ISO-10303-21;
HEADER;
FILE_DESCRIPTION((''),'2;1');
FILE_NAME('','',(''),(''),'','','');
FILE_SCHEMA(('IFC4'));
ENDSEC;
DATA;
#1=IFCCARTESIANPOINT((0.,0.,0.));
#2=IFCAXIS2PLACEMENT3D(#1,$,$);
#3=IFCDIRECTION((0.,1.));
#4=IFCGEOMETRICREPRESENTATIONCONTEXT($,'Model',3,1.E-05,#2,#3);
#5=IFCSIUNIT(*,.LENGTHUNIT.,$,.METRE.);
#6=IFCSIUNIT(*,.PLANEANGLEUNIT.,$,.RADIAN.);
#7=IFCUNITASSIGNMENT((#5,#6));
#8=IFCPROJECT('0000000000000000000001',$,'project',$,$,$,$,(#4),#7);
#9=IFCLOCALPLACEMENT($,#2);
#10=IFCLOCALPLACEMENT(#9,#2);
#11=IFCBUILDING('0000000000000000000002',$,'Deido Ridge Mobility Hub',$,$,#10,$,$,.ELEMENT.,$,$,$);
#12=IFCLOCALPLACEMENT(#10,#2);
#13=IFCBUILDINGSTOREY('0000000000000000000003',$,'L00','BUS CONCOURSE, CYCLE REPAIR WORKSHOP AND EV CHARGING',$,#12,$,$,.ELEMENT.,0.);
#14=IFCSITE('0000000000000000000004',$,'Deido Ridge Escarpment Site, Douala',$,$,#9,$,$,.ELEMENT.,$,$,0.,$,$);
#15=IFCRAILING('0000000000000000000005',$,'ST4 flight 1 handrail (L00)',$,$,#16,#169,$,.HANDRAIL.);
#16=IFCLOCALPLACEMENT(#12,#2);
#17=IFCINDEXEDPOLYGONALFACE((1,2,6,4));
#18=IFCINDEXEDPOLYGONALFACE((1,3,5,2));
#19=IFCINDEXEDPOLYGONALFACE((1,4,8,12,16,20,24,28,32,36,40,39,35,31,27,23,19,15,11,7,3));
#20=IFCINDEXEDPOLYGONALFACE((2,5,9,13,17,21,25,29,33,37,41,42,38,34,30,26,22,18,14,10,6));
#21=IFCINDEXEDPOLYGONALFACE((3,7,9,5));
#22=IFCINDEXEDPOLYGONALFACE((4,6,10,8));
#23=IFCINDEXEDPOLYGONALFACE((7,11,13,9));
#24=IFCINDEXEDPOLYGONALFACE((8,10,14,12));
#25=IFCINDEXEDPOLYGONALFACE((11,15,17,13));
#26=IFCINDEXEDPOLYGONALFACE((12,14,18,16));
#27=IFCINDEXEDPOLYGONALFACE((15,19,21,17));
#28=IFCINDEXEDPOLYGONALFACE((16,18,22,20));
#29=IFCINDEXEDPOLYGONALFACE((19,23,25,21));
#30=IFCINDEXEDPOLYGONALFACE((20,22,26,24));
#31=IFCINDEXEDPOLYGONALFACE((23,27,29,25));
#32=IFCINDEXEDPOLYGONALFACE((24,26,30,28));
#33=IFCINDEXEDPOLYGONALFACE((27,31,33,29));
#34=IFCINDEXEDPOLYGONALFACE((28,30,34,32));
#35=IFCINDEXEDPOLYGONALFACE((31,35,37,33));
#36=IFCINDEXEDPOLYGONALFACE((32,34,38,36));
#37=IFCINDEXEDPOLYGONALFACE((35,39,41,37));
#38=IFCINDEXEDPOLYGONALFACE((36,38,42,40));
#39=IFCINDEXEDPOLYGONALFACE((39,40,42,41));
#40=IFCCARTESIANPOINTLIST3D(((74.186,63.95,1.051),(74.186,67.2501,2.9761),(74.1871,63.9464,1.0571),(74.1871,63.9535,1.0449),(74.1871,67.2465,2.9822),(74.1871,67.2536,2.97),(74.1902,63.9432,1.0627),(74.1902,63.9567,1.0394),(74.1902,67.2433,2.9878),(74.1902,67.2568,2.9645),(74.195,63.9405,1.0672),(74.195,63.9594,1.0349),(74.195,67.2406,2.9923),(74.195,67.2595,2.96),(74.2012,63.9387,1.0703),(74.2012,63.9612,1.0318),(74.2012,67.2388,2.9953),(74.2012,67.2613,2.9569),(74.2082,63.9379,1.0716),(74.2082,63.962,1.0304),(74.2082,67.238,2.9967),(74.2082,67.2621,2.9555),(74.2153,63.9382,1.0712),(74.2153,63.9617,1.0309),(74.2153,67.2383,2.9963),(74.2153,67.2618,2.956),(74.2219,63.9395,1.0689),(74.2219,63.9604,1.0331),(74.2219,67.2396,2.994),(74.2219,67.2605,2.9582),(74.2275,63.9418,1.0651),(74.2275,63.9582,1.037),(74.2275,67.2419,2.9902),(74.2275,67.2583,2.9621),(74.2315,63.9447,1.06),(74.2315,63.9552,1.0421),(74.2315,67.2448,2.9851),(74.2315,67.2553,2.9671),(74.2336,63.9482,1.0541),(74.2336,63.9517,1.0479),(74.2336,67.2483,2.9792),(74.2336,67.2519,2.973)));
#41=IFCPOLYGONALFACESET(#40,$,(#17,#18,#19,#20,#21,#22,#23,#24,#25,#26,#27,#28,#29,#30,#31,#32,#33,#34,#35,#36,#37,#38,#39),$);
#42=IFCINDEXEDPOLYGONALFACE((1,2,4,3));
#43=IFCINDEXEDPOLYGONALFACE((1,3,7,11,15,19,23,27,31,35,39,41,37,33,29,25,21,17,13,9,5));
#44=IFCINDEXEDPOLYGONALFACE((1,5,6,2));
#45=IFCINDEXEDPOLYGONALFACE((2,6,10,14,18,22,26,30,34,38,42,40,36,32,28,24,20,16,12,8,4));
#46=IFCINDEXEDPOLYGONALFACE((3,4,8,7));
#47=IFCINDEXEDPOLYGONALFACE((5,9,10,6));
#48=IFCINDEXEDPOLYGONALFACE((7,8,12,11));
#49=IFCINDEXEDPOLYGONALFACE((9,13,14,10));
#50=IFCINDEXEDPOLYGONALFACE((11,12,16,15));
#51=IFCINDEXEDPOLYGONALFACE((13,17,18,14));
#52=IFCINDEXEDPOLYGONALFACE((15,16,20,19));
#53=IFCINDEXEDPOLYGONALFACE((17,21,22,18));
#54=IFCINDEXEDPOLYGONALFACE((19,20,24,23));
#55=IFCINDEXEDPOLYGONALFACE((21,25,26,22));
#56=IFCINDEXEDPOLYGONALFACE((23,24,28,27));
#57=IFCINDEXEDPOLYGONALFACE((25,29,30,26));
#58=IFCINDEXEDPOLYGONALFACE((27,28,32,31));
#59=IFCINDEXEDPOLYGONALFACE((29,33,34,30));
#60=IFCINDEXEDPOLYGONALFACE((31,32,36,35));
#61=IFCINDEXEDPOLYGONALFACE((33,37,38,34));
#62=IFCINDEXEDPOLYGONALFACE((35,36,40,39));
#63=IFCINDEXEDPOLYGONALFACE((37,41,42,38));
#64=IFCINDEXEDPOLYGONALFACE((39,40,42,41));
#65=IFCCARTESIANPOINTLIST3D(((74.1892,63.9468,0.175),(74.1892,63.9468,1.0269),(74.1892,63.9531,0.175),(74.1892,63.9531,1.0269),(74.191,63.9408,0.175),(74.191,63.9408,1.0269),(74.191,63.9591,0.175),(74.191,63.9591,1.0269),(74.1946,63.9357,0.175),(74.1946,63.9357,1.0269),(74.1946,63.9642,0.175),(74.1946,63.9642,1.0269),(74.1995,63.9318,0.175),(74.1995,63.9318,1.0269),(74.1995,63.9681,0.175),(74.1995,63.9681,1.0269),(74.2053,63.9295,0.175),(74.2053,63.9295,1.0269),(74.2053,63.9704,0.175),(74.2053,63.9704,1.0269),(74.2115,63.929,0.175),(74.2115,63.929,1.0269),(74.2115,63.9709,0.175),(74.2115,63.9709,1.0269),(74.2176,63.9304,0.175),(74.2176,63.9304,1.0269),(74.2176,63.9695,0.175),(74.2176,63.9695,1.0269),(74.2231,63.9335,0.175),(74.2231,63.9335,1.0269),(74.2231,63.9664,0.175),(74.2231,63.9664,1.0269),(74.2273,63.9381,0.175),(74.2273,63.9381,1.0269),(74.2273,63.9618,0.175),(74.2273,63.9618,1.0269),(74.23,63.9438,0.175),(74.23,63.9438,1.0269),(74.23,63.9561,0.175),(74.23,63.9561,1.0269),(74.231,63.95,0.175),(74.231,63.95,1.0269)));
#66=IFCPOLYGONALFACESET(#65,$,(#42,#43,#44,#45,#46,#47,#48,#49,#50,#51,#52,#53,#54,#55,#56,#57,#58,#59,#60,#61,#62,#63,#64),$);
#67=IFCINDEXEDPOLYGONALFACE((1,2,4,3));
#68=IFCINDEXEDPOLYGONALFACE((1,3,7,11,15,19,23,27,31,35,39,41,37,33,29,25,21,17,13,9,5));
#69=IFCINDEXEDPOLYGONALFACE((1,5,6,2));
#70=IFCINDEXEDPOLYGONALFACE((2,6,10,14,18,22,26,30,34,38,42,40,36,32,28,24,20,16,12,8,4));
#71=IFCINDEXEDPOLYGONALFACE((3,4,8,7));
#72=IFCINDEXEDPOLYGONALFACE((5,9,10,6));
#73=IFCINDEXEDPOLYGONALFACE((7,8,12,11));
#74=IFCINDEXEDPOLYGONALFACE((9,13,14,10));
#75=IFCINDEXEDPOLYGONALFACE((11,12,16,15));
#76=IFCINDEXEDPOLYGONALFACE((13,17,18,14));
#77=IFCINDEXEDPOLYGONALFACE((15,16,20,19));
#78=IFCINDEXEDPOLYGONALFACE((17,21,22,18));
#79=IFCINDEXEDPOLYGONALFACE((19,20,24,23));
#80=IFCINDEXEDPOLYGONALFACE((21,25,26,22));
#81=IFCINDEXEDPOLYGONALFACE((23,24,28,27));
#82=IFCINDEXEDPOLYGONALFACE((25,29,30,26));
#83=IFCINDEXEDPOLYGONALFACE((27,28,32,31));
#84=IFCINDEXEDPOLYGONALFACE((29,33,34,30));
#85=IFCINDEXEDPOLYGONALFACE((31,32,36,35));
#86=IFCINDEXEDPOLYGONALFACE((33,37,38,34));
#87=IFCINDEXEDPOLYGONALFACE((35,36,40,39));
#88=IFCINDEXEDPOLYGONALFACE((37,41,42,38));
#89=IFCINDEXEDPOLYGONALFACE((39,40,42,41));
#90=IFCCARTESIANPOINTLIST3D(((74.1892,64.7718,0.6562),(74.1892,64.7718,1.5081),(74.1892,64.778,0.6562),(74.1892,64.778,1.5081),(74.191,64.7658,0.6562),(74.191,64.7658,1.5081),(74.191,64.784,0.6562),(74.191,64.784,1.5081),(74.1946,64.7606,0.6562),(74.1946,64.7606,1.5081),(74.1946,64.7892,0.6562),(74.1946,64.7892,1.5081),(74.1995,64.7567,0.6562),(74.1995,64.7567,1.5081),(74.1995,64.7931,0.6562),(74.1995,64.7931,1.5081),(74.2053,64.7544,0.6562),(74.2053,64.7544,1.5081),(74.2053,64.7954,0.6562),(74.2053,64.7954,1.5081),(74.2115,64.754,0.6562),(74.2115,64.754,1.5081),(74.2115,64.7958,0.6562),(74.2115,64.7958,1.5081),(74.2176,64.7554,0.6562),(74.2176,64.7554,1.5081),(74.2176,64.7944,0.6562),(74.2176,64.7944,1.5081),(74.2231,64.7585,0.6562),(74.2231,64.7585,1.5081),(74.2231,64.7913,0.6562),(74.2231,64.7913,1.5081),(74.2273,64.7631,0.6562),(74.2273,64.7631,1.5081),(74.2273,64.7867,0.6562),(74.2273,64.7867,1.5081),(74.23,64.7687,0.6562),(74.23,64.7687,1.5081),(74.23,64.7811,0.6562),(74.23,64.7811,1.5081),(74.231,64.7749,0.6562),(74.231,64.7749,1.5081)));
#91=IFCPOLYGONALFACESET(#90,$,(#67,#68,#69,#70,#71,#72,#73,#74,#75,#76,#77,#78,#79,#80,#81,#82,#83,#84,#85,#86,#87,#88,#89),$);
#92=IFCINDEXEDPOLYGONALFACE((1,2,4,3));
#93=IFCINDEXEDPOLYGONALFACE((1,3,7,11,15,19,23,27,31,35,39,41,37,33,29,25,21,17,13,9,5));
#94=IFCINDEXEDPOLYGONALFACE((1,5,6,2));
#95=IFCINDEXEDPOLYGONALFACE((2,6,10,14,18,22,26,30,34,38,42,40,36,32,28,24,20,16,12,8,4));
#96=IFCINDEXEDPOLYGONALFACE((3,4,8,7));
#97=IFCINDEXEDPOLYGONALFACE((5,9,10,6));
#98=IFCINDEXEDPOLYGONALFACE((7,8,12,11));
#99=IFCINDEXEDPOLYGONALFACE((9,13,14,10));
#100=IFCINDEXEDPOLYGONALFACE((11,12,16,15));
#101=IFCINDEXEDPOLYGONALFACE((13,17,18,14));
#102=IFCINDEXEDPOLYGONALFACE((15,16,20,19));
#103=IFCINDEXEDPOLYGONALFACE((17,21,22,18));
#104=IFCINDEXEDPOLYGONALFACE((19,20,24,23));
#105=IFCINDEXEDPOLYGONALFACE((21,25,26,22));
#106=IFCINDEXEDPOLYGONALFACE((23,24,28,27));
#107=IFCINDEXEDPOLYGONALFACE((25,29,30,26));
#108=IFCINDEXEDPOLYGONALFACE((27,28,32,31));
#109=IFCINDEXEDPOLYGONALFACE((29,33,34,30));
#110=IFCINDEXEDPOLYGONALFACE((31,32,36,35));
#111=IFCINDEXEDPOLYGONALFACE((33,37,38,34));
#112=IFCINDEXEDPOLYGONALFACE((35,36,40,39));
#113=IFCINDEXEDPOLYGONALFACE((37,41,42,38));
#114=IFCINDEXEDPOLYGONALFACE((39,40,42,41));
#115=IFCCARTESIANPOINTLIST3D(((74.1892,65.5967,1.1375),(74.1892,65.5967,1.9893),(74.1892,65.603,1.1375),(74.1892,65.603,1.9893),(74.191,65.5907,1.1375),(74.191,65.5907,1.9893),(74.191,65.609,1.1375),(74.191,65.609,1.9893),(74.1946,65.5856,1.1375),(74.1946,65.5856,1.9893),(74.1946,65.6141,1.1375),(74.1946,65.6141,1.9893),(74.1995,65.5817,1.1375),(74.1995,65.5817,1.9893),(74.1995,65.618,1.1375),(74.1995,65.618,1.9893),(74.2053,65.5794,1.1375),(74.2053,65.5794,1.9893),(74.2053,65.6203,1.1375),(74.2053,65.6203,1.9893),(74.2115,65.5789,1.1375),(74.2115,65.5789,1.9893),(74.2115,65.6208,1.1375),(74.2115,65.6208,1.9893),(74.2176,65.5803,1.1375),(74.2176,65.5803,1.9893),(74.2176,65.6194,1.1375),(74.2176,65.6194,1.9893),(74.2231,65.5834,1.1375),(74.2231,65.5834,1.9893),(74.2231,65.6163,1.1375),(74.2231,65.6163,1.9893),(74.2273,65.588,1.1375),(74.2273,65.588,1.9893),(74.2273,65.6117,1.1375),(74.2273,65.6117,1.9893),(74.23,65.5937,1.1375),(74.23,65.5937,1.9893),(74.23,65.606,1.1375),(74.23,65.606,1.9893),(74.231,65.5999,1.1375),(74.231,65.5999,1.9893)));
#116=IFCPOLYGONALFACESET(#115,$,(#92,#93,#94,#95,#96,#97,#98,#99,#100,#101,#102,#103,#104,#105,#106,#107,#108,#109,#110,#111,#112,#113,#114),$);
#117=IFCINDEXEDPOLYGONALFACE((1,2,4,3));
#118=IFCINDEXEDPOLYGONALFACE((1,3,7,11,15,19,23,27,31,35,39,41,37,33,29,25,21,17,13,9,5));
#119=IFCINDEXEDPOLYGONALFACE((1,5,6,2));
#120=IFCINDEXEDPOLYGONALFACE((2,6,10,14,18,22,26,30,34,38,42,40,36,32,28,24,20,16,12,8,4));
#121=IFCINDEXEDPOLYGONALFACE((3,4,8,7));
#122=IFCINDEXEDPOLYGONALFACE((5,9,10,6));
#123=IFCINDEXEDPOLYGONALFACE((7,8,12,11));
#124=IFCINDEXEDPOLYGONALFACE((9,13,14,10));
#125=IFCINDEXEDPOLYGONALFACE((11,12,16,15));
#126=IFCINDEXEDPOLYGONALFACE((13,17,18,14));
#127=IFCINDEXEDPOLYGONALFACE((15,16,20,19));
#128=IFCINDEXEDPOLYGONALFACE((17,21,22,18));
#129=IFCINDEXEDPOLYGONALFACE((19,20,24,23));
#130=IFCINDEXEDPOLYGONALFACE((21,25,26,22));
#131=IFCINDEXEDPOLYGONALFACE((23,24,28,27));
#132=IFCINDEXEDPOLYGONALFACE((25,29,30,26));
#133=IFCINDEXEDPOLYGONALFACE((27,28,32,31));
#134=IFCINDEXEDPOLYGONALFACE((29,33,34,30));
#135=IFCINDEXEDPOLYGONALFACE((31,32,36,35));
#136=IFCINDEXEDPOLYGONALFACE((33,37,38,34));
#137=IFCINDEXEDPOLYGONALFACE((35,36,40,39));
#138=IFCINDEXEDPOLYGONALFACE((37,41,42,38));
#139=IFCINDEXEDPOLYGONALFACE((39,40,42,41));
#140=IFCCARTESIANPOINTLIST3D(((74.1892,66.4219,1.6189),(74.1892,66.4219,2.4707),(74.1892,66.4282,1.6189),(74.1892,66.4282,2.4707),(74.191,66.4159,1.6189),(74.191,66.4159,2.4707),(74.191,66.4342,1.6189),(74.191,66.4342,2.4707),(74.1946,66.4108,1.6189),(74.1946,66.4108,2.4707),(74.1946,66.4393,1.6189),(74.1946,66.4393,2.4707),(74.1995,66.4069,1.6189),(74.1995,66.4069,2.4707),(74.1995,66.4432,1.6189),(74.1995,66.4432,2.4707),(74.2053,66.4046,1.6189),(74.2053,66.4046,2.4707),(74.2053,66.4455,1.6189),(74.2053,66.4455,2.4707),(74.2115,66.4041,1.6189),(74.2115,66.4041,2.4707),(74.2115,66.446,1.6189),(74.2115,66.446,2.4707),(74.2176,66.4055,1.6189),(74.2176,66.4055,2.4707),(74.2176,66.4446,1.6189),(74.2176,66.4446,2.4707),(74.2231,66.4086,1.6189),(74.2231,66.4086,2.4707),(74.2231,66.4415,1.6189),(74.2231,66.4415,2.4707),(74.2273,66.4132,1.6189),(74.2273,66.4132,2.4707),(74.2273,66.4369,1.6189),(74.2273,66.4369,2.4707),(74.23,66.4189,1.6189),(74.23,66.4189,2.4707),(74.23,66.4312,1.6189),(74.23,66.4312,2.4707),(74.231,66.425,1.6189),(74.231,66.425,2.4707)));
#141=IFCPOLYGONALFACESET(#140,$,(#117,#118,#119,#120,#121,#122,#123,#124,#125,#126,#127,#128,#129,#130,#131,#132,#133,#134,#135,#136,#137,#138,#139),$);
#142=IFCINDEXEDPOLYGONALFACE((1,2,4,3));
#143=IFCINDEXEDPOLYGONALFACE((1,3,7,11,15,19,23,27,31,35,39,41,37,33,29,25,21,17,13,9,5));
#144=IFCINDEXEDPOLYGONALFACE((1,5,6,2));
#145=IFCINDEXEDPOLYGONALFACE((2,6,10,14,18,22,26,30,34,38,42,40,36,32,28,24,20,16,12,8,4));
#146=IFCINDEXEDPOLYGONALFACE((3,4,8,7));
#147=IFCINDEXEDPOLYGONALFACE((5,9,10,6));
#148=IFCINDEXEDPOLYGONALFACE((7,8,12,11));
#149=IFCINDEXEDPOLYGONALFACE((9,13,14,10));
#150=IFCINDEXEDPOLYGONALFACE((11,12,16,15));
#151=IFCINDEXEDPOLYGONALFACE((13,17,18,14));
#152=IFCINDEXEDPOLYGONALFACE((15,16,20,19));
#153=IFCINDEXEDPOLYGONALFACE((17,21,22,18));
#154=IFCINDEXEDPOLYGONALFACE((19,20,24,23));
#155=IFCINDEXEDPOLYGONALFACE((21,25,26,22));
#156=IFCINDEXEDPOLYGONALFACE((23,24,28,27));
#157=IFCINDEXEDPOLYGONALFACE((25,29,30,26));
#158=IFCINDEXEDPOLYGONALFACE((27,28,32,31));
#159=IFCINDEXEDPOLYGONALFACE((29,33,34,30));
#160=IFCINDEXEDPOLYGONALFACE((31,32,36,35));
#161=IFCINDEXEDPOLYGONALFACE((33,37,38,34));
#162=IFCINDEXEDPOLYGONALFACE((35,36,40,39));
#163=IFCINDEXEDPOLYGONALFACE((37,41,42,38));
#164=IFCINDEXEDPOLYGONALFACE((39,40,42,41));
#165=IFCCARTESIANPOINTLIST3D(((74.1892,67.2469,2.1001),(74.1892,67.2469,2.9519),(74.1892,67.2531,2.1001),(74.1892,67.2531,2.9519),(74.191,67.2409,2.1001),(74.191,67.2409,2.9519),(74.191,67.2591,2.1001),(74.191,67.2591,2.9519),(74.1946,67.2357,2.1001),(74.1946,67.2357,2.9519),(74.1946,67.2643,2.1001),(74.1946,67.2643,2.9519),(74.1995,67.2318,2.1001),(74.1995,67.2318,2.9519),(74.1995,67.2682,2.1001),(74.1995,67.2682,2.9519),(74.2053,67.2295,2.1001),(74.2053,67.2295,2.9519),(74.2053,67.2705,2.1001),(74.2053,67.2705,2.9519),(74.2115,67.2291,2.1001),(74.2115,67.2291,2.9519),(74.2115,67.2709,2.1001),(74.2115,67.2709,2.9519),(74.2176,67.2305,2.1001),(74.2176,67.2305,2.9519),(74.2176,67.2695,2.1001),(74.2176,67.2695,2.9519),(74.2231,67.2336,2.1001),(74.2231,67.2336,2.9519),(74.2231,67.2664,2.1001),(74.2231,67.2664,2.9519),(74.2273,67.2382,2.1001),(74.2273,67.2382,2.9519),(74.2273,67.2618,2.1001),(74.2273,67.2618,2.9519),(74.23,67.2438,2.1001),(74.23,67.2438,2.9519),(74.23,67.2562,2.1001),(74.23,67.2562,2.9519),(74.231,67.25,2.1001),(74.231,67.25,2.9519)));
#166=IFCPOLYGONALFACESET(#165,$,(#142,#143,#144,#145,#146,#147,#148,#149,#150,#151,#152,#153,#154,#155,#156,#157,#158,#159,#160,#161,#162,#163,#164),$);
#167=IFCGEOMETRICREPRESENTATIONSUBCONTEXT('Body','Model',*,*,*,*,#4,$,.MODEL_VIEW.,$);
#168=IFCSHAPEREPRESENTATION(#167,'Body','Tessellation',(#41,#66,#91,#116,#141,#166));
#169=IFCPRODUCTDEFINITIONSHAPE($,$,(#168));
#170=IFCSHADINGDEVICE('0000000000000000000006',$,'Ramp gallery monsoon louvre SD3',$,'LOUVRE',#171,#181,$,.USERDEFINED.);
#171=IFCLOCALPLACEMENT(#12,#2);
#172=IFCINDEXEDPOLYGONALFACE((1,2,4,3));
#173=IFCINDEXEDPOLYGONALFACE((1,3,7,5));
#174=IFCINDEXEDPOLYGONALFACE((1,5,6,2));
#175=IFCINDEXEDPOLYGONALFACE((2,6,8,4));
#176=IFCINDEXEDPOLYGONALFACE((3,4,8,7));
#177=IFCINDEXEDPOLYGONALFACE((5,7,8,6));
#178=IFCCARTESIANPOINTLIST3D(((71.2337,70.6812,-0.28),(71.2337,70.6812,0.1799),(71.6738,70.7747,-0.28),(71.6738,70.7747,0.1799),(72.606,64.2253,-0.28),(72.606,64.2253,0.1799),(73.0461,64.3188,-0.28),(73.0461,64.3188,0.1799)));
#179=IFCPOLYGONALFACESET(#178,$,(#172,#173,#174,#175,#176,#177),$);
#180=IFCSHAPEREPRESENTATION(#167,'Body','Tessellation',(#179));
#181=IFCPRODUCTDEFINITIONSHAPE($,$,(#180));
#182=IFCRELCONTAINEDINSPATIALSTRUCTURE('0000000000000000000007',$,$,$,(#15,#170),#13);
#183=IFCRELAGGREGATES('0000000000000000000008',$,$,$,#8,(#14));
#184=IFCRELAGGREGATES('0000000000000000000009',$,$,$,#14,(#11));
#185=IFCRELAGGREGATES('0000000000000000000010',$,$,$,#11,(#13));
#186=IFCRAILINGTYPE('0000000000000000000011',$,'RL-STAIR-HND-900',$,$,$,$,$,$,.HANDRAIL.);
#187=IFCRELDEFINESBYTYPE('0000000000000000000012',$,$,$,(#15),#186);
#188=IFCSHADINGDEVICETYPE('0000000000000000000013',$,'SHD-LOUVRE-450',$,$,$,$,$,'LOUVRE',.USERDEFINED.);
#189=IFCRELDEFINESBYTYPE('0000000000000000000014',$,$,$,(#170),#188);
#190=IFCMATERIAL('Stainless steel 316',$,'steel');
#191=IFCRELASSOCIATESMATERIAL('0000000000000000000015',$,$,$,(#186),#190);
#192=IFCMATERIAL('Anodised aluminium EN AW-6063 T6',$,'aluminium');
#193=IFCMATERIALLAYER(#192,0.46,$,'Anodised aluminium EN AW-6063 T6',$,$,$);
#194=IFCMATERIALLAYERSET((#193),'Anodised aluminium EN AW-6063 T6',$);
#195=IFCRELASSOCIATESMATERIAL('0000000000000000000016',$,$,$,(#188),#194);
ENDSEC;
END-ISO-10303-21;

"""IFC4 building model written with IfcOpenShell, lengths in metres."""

from ifc_helpers import new_model, si_unit, direction, frame, origin, origin_2d, place, context, subcontext, project, spatial, rectangle, circle, extrude, material, layer, layer_set, type_object, element, save


model = new_model("IFC4")

# Units and contexts
model_context = context("Model", 3, precision=1e-05, world=origin(), true_north=direction((0.0, 1.0)))
body_context = subcontext(model_context, "Body", "Model", "MODEL_VIEW")
ifc_project = project(units=[si_unit("LENGTHUNIT", "METRE"), si_unit("PLANEANGLEUNIT", "RADIAN")], contexts=[model_context])

# Site, building, storey
site_placement = place(None, origin())
site = spatial("IfcSite", under=ifc_project, at=site_placement, Name="Deido Ridge Escarpment Site, Douala", CompositionType="ELEMENT", RefElevation=0.0)
building_placement = place(site_placement, origin())
building = spatial("IfcBuilding", under=site, at=building_placement, Name="Deido Ridge Mobility Hub", CompositionType="ELEMENT")
storey_placement = place(building_placement, origin())
storey = spatial("IfcBuildingStorey", under=building, at=storey_placement, Name="L00", Description="BUS CONCOURSE, CYCLE REPAIR WORKSHOP AND EV CHARGING", CompositionType="ELEMENT", Elevation=0.0)

# Shared definitions
ifc_material_1 = material(Name="Anodised aluminium EN AW-6063 T6", Category="aluminium")

# Railing
ifc_material_2 = material(Name="Stainless steel 316", Category="steel")
railing_type = type_object("IfcRailingType", Name="RL-STAIR-HND-900", PredefinedType="HANDRAIL", material=ifc_material_2)
railing_placement = place(storey_placement, frame((74.21, 63.95, 0.175)))
element("IfcRailing", 1, at=railing_placement, inside=storey, type_object=railing_type, Name="ST4 flight 1 handrail (L00)", PredefinedType="HANDRAIL", context=body_context, shape_type="SweptSolid", body=[
    extrude(circle(Radius=0.0239, at=origin_2d()), frame((0.0, 0.0, 0.876), z_axis=(0.0, 0.863777, 0.503875), x_axis=(-1.0, 0.0, 0.0)), (0.0, 0.0, 1.0), 3.8206),
    extrude(circle(Radius=0.021, at=origin_2d()), origin(), (0.0, 0.0, 1.0), 0.8518),
    extrude(circle(Radius=0.021, at=origin_2d()), frame((0.0, 0.825, 0.4812)), (0.0, 0.0, 1.0), 0.8518),
    extrude(circle(Radius=0.021, at=origin_2d()), frame((0.0, 1.6499, 0.9624)), (0.0, 0.0, 1.0), 0.8518),
    extrude(circle(Radius=0.021, at=origin_2d()), frame((0.0, 2.4751, 1.4438)), (0.0, 0.0, 1.0), 0.8518),
    extrude(circle(Radius=0.021, at=origin_2d()), frame((0.0, 3.3, 1.925)), (0.0, 0.0, 1.0), 0.8518),
])

# Shading device
ifc_layer_1 = layer(ifc_material_1, 0.46, Name="Anodised aluminium EN AW-6063 T6")
ifc_layer_set_1 = layer_set([ifc_layer_1], Name="Anodised aluminium EN AW-6063 T6")
shading_device_type = type_object("IfcShadingDeviceType", Name="SHD-LOUVRE-450", ElementType="LOUVRE", PredefinedType="USERDEFINED", material=ifc_layer_set_1)
shading_device_placement = place(storey_placement, frame((72.1399, 67.5, -0.28), z_axis=(0.0, 0.0, 1.0), x_axis=(-0.207912, 0.978148, 0.0)))
element("IfcShadingDevice", 2, at=shading_device_placement, inside=storey, type_object=shading_device_type, Name="Ramp gallery monsoon louvre SD3", ObjectType="LOUVRE", PredefinedType="USERDEFINED", context=body_context, shape_type="SweptSolid", body=[
    extrude(rectangle(XDim=6.6001, YDim=0.45, at=origin_2d()), origin(), (0.0, 0.0, 1.0), 0.46),
])

save(model, "model.ifc")
